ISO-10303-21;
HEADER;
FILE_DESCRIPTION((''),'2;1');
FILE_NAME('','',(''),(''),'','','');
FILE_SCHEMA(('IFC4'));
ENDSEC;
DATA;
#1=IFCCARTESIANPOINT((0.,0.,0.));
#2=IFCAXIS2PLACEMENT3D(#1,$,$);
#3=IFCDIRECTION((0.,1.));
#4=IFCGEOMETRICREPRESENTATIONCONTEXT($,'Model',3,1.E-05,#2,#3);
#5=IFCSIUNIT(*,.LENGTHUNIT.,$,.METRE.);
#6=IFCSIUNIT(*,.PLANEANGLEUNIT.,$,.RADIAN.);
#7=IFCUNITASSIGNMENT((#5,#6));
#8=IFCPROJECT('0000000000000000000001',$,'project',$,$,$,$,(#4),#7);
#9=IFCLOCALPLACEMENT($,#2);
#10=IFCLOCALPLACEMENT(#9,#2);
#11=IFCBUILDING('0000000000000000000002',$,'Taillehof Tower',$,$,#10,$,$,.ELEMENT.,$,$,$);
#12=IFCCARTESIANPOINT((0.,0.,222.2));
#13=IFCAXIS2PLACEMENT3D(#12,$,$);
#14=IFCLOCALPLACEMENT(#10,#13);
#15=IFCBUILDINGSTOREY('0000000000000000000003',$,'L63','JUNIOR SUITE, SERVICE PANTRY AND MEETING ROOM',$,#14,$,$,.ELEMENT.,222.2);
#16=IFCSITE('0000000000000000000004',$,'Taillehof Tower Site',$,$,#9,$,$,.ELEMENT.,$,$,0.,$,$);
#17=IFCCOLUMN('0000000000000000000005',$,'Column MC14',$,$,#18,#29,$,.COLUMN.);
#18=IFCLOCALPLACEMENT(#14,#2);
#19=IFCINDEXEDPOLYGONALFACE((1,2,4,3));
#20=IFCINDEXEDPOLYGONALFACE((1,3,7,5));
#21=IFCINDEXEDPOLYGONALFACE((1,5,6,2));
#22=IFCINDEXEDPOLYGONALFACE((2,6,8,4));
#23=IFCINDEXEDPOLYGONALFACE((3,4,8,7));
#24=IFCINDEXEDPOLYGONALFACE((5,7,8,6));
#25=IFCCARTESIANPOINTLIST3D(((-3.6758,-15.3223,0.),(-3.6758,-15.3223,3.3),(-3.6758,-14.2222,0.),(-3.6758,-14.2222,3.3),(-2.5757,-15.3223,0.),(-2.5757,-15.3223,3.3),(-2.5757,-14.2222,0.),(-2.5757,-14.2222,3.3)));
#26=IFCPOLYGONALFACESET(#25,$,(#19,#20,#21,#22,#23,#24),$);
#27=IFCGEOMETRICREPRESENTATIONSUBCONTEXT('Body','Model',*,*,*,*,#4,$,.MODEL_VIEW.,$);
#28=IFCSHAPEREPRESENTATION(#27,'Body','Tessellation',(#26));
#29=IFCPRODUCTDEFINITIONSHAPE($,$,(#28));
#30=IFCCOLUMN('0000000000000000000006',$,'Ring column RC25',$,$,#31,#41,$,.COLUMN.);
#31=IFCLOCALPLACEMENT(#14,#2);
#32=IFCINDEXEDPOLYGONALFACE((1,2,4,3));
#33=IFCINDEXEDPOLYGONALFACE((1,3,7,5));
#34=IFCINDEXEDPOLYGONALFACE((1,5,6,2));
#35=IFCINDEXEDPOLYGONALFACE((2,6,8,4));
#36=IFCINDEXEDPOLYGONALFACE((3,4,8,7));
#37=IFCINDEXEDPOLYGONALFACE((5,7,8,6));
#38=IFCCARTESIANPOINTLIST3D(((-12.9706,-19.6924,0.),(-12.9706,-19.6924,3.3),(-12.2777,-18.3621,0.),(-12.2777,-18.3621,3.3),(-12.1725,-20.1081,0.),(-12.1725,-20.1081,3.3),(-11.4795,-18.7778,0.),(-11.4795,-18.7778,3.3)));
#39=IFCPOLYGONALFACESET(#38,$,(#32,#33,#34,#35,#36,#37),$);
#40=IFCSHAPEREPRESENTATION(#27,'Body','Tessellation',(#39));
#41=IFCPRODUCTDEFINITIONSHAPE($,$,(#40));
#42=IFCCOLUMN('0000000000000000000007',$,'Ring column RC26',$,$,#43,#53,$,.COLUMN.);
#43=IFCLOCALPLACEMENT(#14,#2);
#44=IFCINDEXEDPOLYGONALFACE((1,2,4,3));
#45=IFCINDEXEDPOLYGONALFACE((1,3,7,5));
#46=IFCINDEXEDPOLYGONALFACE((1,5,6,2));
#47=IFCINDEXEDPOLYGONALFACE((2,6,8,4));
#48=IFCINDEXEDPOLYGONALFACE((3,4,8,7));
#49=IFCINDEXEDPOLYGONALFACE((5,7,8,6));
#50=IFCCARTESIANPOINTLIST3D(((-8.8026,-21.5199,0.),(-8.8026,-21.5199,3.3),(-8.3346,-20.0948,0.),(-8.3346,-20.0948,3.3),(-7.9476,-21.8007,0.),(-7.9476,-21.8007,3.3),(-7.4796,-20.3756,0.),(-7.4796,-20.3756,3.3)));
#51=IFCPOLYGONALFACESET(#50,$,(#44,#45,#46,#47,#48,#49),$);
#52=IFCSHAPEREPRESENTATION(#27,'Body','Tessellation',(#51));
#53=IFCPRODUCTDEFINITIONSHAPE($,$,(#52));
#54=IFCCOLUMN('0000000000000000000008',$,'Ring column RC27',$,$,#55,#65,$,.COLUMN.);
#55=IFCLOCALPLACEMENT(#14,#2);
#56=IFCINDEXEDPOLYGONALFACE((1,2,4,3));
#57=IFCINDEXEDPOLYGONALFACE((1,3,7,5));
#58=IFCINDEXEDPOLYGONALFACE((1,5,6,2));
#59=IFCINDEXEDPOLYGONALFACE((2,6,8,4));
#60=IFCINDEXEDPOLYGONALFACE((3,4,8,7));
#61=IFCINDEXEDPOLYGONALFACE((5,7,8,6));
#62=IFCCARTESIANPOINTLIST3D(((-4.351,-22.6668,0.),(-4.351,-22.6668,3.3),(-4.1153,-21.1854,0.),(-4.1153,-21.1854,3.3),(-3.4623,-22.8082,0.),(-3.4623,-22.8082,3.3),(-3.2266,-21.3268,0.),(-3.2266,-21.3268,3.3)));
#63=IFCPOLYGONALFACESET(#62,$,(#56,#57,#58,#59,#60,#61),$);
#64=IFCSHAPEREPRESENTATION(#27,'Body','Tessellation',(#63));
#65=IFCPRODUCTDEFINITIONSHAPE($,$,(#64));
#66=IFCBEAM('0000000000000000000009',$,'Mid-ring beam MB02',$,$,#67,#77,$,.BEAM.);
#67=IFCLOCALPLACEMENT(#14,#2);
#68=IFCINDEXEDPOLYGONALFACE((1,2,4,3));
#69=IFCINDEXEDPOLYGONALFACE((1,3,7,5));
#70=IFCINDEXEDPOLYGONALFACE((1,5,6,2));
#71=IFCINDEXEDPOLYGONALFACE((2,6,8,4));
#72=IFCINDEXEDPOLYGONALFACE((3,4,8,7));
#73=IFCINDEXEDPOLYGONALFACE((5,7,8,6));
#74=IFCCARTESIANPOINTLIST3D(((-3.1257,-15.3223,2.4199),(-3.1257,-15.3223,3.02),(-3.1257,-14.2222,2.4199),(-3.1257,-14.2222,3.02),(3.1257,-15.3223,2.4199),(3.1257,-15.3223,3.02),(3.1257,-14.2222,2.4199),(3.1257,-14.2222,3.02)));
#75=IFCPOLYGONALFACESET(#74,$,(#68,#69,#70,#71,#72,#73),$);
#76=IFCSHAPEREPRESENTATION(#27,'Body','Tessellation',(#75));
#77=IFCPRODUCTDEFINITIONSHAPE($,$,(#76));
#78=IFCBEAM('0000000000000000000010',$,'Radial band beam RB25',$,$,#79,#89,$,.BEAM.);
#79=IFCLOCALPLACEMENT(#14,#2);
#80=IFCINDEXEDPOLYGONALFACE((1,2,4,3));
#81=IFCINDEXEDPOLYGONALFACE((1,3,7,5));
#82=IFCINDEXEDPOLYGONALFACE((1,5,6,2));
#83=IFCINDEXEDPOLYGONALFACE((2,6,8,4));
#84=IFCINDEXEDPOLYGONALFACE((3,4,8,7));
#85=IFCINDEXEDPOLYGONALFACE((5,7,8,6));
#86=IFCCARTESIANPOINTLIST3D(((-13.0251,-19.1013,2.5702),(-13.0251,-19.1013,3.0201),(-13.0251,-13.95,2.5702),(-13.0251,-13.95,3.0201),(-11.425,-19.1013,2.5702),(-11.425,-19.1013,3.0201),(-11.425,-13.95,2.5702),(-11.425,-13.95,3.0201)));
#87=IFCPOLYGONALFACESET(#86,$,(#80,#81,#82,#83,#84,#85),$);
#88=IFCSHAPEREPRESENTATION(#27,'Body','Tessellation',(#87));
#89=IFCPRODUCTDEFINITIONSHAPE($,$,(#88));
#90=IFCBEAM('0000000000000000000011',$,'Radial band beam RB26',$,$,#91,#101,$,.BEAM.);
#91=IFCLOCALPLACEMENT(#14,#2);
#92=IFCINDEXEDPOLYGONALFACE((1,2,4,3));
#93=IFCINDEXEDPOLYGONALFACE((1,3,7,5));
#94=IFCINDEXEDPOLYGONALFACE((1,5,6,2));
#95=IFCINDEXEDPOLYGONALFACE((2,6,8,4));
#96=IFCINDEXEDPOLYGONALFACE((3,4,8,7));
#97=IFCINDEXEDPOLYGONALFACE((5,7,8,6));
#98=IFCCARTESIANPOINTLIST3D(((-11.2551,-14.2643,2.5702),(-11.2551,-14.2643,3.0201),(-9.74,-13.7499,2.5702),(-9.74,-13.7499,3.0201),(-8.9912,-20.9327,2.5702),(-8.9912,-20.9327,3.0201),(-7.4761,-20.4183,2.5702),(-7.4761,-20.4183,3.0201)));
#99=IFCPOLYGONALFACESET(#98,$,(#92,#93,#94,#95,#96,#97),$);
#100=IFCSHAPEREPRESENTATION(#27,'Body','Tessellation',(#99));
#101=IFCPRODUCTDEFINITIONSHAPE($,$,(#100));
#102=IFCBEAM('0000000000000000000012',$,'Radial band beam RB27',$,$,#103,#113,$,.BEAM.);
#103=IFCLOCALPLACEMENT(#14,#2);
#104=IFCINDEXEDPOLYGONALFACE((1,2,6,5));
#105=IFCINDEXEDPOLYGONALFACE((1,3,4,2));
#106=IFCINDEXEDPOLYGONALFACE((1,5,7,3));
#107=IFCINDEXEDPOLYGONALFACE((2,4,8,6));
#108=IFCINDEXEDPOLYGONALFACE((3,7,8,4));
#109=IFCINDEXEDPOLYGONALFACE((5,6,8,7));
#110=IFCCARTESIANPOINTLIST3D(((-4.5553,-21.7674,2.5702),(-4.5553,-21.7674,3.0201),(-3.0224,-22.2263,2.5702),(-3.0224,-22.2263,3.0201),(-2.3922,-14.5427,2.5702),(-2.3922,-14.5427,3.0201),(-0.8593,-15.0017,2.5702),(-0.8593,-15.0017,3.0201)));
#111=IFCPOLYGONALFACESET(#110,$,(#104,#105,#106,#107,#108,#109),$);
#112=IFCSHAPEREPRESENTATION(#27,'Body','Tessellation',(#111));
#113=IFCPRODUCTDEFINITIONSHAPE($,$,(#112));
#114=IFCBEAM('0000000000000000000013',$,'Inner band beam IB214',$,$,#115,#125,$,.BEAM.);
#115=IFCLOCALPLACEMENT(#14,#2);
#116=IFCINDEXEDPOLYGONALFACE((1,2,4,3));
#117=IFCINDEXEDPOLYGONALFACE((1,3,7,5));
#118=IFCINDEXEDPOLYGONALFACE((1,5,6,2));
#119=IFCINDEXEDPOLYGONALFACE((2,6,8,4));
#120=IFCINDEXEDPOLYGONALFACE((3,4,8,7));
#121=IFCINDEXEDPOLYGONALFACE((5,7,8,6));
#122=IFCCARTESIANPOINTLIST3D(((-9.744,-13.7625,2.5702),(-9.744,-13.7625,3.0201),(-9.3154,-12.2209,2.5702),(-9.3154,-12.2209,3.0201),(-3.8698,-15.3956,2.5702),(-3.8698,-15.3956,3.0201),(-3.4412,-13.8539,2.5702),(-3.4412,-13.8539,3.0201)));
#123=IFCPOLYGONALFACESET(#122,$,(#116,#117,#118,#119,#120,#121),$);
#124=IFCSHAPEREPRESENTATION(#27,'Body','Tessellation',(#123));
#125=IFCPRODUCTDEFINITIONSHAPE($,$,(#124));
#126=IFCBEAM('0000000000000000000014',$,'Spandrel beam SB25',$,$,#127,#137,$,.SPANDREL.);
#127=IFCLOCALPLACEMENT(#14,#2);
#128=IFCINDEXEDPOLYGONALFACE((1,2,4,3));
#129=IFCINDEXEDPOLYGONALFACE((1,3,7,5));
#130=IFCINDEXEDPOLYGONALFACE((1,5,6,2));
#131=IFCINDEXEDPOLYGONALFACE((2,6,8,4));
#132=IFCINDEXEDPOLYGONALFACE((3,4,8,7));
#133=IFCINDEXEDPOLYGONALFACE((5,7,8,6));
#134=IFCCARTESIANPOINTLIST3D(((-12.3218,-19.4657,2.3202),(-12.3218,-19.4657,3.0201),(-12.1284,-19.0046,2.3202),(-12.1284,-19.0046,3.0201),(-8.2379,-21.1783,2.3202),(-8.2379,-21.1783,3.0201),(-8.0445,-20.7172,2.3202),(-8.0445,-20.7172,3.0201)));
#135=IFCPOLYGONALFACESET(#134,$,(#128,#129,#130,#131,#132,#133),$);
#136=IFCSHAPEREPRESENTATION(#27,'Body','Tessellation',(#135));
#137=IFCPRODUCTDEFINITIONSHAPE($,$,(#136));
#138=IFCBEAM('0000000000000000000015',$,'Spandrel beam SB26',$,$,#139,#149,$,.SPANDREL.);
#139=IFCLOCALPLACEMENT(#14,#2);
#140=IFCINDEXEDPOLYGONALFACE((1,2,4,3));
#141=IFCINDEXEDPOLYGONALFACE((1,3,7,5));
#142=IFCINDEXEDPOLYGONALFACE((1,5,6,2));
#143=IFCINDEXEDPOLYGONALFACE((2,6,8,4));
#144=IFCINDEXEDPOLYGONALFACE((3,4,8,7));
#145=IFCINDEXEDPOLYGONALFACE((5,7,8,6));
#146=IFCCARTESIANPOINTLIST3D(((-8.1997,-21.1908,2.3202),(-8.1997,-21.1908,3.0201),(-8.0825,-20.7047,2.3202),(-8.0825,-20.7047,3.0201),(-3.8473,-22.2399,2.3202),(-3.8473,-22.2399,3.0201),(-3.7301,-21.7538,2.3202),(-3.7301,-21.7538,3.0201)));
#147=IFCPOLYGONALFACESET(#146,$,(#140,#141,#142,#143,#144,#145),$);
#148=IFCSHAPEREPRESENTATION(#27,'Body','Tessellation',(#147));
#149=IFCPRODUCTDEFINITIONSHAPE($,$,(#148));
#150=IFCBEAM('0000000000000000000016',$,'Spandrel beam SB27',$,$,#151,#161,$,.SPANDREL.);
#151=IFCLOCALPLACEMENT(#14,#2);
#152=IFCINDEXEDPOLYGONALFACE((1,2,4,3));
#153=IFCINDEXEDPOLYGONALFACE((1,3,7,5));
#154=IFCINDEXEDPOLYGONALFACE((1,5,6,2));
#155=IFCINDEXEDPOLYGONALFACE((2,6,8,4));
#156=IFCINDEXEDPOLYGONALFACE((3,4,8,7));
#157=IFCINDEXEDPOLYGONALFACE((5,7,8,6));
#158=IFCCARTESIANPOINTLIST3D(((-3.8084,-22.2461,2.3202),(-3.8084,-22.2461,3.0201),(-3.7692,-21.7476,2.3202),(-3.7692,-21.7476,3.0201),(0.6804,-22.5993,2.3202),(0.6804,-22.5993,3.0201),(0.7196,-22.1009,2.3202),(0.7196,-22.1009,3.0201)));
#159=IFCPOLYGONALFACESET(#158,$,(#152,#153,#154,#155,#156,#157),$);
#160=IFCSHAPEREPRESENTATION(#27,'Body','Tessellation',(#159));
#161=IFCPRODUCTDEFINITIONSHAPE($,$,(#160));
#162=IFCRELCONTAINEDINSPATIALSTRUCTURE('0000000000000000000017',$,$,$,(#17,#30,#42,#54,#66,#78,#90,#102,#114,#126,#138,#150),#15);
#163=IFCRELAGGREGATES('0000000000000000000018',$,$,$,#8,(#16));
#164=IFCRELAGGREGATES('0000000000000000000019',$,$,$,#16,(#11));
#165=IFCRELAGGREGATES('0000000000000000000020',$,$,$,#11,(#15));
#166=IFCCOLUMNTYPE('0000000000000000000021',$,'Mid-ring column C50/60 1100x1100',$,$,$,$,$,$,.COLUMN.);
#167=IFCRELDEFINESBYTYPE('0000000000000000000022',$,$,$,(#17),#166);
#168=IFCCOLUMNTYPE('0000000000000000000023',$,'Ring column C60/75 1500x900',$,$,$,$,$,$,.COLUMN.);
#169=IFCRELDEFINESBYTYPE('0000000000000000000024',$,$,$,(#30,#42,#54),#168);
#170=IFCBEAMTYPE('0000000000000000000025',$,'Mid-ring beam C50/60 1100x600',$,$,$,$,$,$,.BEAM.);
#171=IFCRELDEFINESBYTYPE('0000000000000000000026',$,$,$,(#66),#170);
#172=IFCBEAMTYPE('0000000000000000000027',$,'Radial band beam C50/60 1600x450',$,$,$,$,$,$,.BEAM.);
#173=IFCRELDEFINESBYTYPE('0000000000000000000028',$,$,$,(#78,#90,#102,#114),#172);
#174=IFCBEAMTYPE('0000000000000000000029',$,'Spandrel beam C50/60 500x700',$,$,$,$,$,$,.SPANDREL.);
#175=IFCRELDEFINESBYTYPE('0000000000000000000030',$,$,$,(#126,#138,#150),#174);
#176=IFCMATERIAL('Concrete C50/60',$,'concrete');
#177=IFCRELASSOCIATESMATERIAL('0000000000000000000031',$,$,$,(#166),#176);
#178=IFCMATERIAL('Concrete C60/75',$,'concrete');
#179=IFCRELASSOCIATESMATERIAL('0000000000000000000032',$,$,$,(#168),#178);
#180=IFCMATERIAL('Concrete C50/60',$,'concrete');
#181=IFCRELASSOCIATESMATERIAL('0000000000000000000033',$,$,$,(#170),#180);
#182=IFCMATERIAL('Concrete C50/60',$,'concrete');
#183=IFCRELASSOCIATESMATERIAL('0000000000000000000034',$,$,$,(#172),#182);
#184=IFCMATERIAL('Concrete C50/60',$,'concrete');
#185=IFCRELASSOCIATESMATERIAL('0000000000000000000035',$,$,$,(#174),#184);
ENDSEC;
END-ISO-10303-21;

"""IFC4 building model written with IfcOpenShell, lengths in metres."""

from ifc_helpers import new_model, si_unit, direction, frame, origin, origin_2d, place, context, subcontext, project, spatial, rectangle, extrude, material, material_profile, profile_set, type_object, element, save


model = new_model("IFC4")

# Units and contexts
model_context = context("Model", 3, precision=1e-05, world=origin(), true_north=direction((0.0, 1.0)))
body_context = subcontext(model_context, "Body", "Model", "MODEL_VIEW")
ifc_project = project(units=[si_unit("LENGTHUNIT", "METRE"), si_unit("PLANEANGLEUNIT", "RADIAN")], contexts=[model_context])

# Site, building, storey
site_placement = place(None, origin())
site = spatial("IfcSite", under=ifc_project, at=site_placement, Name="Taillehof Tower Site", CompositionType="ELEMENT", RefElevation=0.0)
building_placement = place(site_placement, origin())
building = spatial("IfcBuilding", under=site, at=building_placement, Name="Taillehof Tower", CompositionType="ELEMENT")
storey_placement = place(building_placement, frame((0.0, 0.0, 222.2)))
storey = spatial("IfcBuildingStorey", under=building, at=storey_placement, Name="L63", Description="JUNIOR SUITE, SERVICE PANTRY AND MEETING ROOM", CompositionType="ELEMENT", Elevation=222.2)

# Columns
ifc_material_1 = material(Name="Concrete C50/60", Category="concrete")
ifc_material_profile_1 = material_profile(ifc_material_1, rectangle(XDim=1.1001, YDim=1.1001, at=origin_2d()), Name="RC 1100x1100")
ifc_profile_set_1 = profile_set([ifc_material_profile_1], Name="Concrete C50/60")
column_type_1 = type_object("IfcColumnType", Name="Mid-ring column C50/60 1100x1100", PredefinedType="COLUMN", material=ifc_profile_set_1)
column_placement = place(storey_placement, frame((-3.1257, -14.7722, 0.0), z_axis=(0.0, 0.0, 1.0), x_axis=(1.0, 0.0, 0.0)))
element("IfcColumn", 1, at=column_placement, inside=storey, type_object=column_type_1, Name="Column MC14", PredefinedType="COLUMN", context=body_context, shape_type="SweptSolid", body=[
    extrude(rectangle(XDim=1.1001, YDim=1.1001, at=origin_2d()), origin(), (0.0, 0.0, 1.0), 3.3),
])
ifc_material_2 = material(Name="Concrete C60/75", Category="concrete")
ifc_material_profile_2 = material_profile(ifc_material_2, rectangle(XDim=1.5, YDim=0.8999, at=origin_2d()), Name="RC 1500x900")
ifc_profile_set_2 = profile_set([ifc_material_profile_2], Name="Concrete C60/75")
column_type_2 = type_object("IfcColumnType", Name="Ring column C60/75 1500x900", PredefinedType="COLUMN", material=ifc_profile_set_2)
for number, where, z_axis, x_axis, name in (
    (2, (-12.2251, -19.2351, 0.0), (0.0, 0.0, 1.0), (-0.461993, -0.886883, 0.0), "Ring column RC25"),
    (3, (-8.1411, -20.9478, 0.0), (0.0, 0.0, 1.0), (-0.312001, -0.950082, 0.0), "Ring column RC26"),
    (4, (-3.7888, -21.9968, 0.0), (0.0, 0.0, 1.0), (-0.157116, -0.98758, 0.0), "Ring column RC27"),
):
    element("IfcColumn", number, at=place(storey_placement, frame(where, z_axis=z_axis, x_axis=x_axis)), inside=storey, type_object=column_type_2, Name=name, PredefinedType="COLUMN", context=body_context, shape_type="SweptSolid", body=[
        extrude(rectangle(XDim=1.5, YDim=0.8999, at=origin_2d()), origin(), (0.0, 0.0, 1.0), 3.3),
    ])

# Beams
ifc_material_3 = material(Name="Concrete C50/60", Category="concrete")
ifc_material_profile_3 = material_profile(ifc_material_3, rectangle(XDim=1.1001, YDim=0.6001, at=origin_2d()), Name="RC 1100x600")
ifc_profile_set_3 = profile_set([ifc_material_profile_3], Name="Concrete C50/60")
beam_type_1 = type_object("IfcBeamType", Name="Mid-ring beam C50/60 1100x600", PredefinedType="BEAM", material=ifc_profile_set_3)
beam_1_placement = place(storey_placement, frame((-3.1257, -14.7722, 2.72), z_axis=(1.0, 0.0, 0.0), x_axis=(0.0, 1.0, 0.0)))
element("IfcBeam", 5, at=beam_1_placement, inside=storey, type_object=beam_type_1, Name="Mid-ring beam MB02", PredefinedType="BEAM", context=body_context, shape_type="SweptSolid", body=[
    extrude(rectangle(XDim=1.1001, YDim=0.6001, at=origin_2d()), origin(), (0.0, 0.0, 1.0), 6.2515),
])
ifc_material_4 = material(Name="Concrete C50/60", Category="concrete")
ifc_material_profile_4 = material_profile(ifc_material_4, rectangle(XDim=1.6001, YDim=0.45, at=origin_2d()), Name="RC 1600x450")
ifc_profile_set_4 = profile_set([ifc_material_profile_4], Name="Concrete C50/60")
beam_type_2 = type_object("IfcBeamType", Name="Radial band beam C50/60 1600x450", PredefinedType="BEAM", material=ifc_profile_set_4)
beam_2_placement = place(storey_placement, frame((-12.2251, -19.1013, 2.7952), z_axis=(0.0, 1.0, 0.0), x_axis=(-1.0, 0.0, 0.0)))
element("IfcBeam", 6, at=beam_2_placement, inside=storey, type_object=beam_type_2, Name="Radial band beam RB25", PredefinedType="BEAM", context=body_context, shape_type="SweptSolid", body=[
    extrude(rectangle(XDim=1.6001, YDim=0.45, at=origin_2d()), origin(), (0.0, 0.0, 1.0), 5.1514),
])
beam_3_placement = place(storey_placement, frame((-8.2336, -20.6755, 2.7952), z_axis=(-0.321475, 0.946918, 0.0), x_axis=(-0.946918, -0.321475, 0.0)))
element("IfcBeam", 7, at=beam_3_placement, inside=storey, type_object=beam_type_2, Name="Radial band beam RB26", PredefinedType="BEAM", context=body_context, shape_type="SweptSolid", body=[
    extrude(rectangle(XDim=1.6001, YDim=0.45, at=origin_2d()), origin(), (0.0, 0.0, 1.0), 7.0422),
])
beam_4_placement = place(storey_placement, frame((-3.7888, -21.9968, 2.7952), z_axis=(0.286825, 0.957983, 0.0), x_axis=(-0.957983, 0.286825, 0.0)))
element("IfcBeam", 8, at=beam_4_placement, inside=storey, type_object=beam_type_2, Name="Radial band beam RB27", PredefinedType="BEAM", context=body_context, shape_type="SweptSolid", body=[
    extrude(rectangle(XDim=1.6001, YDim=0.45, at=origin_2d()), origin(), (0.0, 0.0, 1.0), 7.5415),
])
beam_5_placement = place(storey_placement, frame((-3.6555, -14.6248, 2.7952), z_axis=(-0.963459, 0.267855, 0.0), x_axis=(-0.267855, -0.963459, 0.0)))
element("IfcBeam", 9, at=beam_5_placement, inside=storey, type_object=beam_type_2, Name="Inner band beam IB214", PredefinedType="BEAM", context=body_context, shape_type="SweptSolid", body=[
    extrude(rectangle(XDim=1.6001, YDim=0.45, at=origin_2d()), origin(), (0.0, 0.0, 1.0), 6.0969),
])
ifc_material_5 = material(Name="Concrete C50/60", Category="concrete")
ifc_material_profile_5 = material_profile(ifc_material_5, rectangle(XDim=0.5, YDim=0.7, at=origin_2d()), Name="RC 500x700")
ifc_profile_set_5 = profile_set([ifc_material_profile_5], Name="Concrete C50/60")
beam_type_3 = type_object("IfcBeamType", Name="Spandrel beam C50/60 500x700", PredefinedType="SPANDREL", material=ifc_profile_set_5)
beam_6_placement = place(storey_placement, frame((-12.2251, -19.2351, 2.6702), z_axis=(0.922194, -0.386728, 0.0), x_axis=(0.386728, 0.922194, 0.0)))
element("IfcBeam", 10, at=beam_6_placement, inside=storey, type_object=beam_type_3, Name="Spandrel beam SB25", PredefinedType="SPANDREL", context=body_context, shape_type="SweptSolid", body=[
    extrude(rectangle(XDim=0.5, YDim=0.7, at=origin_2d()), origin(), (0.0, 0.0, 1.0), 4.4285),
])
beam_7_placement = place(storey_placement, frame((-8.1411, -20.9478, 2.6702), z_axis=(0.972158, -0.234328, 0.0), x_axis=(0.234328, 0.972158, 0.0)))
element("IfcBeam", 11, at=beam_7_placement, inside=storey, type_object=beam_type_3, Name="Spandrel beam SB26", PredefinedType="SPANDREL", context=body_context, shape_type="SweptSolid", body=[
    extrude(rectangle(XDim=0.5, YDim=0.7, at=origin_2d()), origin(), (0.0, 0.0, 1.0), 4.4771),
])
beam_8_placement = place(storey_placement, frame((-3.7888, -21.9968, 2.6702), z_axis=(0.996917, -0.078459, 0.0), x_axis=(0.078459, 0.996917, 0.0)))
element("IfcBeam", 12, at=beam_8_placement, inside=storey, type_object=beam_type_3, Name="Spandrel beam SB27", PredefinedType="SPANDREL", context=body_context, shape_type="SweptSolid", body=[
    extrude(rectangle(XDim=0.5, YDim=0.7, at=origin_2d()), origin(), (0.0, 0.0, 1.0), 4.5027),
])

save(model, "model.ifc")
